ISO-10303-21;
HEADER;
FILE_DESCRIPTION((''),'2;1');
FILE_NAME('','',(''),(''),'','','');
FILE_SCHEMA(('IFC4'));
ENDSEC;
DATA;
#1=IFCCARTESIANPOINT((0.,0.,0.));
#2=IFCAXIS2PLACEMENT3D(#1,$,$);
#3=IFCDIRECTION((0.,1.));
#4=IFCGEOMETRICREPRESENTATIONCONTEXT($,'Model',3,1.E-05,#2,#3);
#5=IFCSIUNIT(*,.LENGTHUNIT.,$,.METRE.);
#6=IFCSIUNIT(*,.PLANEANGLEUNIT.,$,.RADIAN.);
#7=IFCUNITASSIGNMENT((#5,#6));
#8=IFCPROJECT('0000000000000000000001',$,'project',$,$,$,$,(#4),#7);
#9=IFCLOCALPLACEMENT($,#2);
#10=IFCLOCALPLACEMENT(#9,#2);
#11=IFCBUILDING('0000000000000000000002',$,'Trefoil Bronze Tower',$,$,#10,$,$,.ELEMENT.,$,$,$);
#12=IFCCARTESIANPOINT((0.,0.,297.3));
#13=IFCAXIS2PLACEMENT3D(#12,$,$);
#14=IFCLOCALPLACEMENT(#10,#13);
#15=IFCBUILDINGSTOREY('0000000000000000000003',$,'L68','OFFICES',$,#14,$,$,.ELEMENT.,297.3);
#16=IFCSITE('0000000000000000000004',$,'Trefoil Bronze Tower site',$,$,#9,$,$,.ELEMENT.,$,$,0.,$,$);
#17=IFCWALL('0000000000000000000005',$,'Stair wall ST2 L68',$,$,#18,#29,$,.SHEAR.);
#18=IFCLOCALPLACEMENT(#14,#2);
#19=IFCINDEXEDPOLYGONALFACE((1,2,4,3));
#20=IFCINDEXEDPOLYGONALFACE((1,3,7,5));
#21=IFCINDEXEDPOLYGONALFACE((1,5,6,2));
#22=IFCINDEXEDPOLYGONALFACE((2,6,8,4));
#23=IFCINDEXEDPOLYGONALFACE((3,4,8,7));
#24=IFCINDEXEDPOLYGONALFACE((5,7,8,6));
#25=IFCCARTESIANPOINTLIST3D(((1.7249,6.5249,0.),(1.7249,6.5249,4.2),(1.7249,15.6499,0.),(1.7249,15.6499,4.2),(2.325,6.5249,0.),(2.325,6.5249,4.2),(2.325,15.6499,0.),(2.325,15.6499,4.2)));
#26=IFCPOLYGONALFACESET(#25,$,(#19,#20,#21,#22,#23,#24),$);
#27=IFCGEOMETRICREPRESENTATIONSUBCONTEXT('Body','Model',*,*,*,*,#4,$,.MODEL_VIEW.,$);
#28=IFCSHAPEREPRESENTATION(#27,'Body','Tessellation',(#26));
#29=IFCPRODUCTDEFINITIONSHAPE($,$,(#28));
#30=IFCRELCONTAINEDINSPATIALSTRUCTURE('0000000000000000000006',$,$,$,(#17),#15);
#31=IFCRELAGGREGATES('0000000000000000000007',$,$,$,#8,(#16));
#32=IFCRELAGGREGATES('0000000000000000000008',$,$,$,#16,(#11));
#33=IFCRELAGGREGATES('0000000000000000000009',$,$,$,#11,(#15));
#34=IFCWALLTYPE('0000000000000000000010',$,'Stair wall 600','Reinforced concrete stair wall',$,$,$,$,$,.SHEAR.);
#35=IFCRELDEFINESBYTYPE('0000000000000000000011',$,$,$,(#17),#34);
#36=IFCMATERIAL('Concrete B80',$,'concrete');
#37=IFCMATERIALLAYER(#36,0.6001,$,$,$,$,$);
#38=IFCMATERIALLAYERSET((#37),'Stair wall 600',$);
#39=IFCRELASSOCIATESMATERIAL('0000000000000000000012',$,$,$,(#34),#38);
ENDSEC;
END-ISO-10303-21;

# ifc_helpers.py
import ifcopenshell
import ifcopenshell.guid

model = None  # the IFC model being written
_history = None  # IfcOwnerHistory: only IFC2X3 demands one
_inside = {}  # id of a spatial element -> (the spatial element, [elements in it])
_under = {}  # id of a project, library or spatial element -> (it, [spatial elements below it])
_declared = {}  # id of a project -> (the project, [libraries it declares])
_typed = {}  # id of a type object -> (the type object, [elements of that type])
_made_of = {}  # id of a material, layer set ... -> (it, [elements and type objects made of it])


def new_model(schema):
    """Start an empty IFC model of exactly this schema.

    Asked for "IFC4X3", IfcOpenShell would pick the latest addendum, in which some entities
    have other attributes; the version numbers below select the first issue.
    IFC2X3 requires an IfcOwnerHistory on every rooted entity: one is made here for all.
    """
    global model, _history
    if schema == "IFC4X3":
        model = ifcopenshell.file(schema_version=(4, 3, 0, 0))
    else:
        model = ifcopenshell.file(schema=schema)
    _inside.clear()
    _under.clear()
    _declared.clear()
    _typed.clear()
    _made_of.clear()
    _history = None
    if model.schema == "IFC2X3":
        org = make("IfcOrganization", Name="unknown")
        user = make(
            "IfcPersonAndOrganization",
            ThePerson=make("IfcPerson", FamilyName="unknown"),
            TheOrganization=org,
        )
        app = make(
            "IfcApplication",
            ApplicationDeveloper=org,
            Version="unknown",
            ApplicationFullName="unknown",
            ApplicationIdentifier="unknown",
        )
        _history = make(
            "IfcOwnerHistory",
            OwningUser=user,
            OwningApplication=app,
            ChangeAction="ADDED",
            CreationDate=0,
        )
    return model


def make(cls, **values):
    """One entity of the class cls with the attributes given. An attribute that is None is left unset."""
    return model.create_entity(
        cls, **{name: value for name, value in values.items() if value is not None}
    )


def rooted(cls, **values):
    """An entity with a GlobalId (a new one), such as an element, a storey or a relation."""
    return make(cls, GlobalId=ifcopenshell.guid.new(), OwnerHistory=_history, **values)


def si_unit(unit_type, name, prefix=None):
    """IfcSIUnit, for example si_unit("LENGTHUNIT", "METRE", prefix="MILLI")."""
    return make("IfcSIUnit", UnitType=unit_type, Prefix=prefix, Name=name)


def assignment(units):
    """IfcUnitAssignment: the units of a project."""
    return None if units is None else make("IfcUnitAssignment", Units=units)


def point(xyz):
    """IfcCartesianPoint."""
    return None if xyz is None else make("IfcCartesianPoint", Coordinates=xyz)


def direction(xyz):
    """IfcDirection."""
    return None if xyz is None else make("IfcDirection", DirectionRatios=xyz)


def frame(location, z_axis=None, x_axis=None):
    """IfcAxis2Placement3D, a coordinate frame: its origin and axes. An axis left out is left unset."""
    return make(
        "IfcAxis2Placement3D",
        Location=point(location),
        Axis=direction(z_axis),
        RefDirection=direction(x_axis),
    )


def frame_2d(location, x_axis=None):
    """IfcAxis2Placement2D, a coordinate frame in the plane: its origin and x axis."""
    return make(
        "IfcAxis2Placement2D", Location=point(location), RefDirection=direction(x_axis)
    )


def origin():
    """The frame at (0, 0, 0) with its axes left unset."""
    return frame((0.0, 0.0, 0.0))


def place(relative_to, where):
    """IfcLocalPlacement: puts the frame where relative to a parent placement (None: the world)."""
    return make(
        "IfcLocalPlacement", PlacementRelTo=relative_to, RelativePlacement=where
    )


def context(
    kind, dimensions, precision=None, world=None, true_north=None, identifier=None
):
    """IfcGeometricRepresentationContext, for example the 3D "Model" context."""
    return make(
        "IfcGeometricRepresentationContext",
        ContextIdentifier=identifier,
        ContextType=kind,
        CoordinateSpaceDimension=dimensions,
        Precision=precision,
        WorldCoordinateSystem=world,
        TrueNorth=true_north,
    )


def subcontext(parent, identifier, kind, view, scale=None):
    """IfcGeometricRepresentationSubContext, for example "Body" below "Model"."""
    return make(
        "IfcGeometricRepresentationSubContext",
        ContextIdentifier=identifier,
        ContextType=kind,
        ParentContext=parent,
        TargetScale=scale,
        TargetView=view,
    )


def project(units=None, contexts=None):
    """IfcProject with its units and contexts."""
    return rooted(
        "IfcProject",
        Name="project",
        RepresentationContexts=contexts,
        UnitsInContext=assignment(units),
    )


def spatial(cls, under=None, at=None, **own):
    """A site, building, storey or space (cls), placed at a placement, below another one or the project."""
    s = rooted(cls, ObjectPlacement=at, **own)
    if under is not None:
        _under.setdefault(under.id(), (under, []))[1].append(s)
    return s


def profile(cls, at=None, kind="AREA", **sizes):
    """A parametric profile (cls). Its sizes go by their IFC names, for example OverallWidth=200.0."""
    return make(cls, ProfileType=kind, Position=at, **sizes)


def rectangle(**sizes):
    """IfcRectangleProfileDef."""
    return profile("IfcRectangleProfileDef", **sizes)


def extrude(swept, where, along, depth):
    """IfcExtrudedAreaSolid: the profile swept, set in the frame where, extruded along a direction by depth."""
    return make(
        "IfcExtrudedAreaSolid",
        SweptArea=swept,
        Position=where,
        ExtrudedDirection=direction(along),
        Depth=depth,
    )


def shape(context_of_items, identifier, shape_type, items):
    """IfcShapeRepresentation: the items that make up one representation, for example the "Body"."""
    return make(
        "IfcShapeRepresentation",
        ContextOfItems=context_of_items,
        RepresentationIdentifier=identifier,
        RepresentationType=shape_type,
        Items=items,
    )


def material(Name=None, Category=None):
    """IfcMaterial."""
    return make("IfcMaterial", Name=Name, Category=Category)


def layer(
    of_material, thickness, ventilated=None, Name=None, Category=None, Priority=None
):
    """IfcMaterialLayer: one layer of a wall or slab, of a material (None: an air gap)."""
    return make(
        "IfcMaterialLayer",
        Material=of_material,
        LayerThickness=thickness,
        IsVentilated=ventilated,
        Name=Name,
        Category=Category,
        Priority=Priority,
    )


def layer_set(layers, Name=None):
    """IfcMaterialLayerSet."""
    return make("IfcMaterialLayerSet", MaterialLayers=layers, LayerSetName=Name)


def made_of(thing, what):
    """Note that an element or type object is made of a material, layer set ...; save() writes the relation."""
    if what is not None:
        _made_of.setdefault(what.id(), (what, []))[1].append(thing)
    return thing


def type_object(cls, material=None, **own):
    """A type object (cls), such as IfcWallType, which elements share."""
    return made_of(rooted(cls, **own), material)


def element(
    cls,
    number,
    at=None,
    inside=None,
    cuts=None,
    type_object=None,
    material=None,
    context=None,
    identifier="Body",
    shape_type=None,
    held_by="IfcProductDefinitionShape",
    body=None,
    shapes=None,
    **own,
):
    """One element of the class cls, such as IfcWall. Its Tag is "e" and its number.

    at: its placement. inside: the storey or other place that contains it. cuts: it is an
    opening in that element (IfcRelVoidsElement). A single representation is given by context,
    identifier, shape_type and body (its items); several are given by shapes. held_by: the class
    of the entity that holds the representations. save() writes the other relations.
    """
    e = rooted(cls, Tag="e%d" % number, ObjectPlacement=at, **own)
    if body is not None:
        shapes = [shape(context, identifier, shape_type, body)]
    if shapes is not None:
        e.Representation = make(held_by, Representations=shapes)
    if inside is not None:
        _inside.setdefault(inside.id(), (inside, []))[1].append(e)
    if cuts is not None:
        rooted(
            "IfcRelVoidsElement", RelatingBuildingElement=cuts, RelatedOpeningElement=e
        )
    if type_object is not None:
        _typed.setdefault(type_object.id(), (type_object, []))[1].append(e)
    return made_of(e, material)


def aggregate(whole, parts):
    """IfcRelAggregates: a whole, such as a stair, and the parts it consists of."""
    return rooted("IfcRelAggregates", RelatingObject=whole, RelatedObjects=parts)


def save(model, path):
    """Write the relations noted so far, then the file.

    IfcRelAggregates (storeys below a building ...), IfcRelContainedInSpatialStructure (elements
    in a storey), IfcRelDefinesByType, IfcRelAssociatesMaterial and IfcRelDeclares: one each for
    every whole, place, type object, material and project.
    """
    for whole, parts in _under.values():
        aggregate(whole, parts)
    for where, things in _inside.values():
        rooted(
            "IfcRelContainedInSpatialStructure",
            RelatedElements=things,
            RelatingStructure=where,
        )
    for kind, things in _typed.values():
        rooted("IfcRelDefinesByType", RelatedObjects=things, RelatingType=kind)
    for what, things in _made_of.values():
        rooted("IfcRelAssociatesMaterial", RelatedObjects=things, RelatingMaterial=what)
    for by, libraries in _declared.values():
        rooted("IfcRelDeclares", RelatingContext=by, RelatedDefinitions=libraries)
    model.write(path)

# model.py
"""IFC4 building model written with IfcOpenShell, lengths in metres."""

from ifc_helpers import new_model, si_unit, direction, frame, frame_2d, origin, place, context, subcontext, project, spatial, rectangle, extrude, material, layer, layer_set, type_object, element, save


model = new_model("IFC4")

# Units and contexts
model_context = context("Model", 3, precision=1e-05, world=origin(), true_north=direction((0.0, 1.0)))
body_context = subcontext(model_context, "Body", "Model", "MODEL_VIEW")
ifc_project = project(units=[si_unit("LENGTHUNIT", "METRE"), si_unit("PLANEANGLEUNIT", "RADIAN")], contexts=[model_context])

# Site, building, storey
site_placement = place(None, origin())
site = spatial("IfcSite", under=ifc_project, at=site_placement, Name="Trefoil Bronze Tower site", CompositionType="ELEMENT", RefElevation=0.0)
building_placement = place(site_placement, origin())
building = spatial("IfcBuilding", under=site, at=building_placement, Name="Trefoil Bronze Tower", CompositionType="ELEMENT")
storey_placement = place(building_placement, frame((0.0, 0.0, 297.3)))
storey = spatial("IfcBuildingStorey", under=building, at=storey_placement, Name="L68", Description="OFFICES", CompositionType="ELEMENT", Elevation=297.3)

# Wall
ifc_material_1 = material(Name="Concrete B80", Category="concrete")
ifc_layer_1 = layer(ifc_material_1, 0.6001)
ifc_layer_set_1 = layer_set([ifc_layer_1], Name="Stair wall 600")
wall_type_1 = type_object("IfcWallType", Name="Stair wall 600", Description="Reinforced concrete stair wall", PredefinedType="SHEAR", material=ifc_layer_set_1)
wall_1_placement = place(storey_placement, frame((2.0249, 6.5249, 0.0), z_axis=(0.0, 0.0, 1.0), x_axis=(0.0, 1.0, 0.0)))
element("IfcWall", 1, at=wall_1_placement, inside=storey, type_object=wall_type_1, Name="Stair wall ST2 L68", PredefinedType="SHEAR", context=body_context, shape_type="SweptSolid", body=[
    extrude(rectangle(XDim=9.125, YDim=0.6001, at=frame_2d((4.5625, 0.0))), origin(), (0.0, 0.0, 1.0), 4.2),
])

save(model, "model.ifc")
